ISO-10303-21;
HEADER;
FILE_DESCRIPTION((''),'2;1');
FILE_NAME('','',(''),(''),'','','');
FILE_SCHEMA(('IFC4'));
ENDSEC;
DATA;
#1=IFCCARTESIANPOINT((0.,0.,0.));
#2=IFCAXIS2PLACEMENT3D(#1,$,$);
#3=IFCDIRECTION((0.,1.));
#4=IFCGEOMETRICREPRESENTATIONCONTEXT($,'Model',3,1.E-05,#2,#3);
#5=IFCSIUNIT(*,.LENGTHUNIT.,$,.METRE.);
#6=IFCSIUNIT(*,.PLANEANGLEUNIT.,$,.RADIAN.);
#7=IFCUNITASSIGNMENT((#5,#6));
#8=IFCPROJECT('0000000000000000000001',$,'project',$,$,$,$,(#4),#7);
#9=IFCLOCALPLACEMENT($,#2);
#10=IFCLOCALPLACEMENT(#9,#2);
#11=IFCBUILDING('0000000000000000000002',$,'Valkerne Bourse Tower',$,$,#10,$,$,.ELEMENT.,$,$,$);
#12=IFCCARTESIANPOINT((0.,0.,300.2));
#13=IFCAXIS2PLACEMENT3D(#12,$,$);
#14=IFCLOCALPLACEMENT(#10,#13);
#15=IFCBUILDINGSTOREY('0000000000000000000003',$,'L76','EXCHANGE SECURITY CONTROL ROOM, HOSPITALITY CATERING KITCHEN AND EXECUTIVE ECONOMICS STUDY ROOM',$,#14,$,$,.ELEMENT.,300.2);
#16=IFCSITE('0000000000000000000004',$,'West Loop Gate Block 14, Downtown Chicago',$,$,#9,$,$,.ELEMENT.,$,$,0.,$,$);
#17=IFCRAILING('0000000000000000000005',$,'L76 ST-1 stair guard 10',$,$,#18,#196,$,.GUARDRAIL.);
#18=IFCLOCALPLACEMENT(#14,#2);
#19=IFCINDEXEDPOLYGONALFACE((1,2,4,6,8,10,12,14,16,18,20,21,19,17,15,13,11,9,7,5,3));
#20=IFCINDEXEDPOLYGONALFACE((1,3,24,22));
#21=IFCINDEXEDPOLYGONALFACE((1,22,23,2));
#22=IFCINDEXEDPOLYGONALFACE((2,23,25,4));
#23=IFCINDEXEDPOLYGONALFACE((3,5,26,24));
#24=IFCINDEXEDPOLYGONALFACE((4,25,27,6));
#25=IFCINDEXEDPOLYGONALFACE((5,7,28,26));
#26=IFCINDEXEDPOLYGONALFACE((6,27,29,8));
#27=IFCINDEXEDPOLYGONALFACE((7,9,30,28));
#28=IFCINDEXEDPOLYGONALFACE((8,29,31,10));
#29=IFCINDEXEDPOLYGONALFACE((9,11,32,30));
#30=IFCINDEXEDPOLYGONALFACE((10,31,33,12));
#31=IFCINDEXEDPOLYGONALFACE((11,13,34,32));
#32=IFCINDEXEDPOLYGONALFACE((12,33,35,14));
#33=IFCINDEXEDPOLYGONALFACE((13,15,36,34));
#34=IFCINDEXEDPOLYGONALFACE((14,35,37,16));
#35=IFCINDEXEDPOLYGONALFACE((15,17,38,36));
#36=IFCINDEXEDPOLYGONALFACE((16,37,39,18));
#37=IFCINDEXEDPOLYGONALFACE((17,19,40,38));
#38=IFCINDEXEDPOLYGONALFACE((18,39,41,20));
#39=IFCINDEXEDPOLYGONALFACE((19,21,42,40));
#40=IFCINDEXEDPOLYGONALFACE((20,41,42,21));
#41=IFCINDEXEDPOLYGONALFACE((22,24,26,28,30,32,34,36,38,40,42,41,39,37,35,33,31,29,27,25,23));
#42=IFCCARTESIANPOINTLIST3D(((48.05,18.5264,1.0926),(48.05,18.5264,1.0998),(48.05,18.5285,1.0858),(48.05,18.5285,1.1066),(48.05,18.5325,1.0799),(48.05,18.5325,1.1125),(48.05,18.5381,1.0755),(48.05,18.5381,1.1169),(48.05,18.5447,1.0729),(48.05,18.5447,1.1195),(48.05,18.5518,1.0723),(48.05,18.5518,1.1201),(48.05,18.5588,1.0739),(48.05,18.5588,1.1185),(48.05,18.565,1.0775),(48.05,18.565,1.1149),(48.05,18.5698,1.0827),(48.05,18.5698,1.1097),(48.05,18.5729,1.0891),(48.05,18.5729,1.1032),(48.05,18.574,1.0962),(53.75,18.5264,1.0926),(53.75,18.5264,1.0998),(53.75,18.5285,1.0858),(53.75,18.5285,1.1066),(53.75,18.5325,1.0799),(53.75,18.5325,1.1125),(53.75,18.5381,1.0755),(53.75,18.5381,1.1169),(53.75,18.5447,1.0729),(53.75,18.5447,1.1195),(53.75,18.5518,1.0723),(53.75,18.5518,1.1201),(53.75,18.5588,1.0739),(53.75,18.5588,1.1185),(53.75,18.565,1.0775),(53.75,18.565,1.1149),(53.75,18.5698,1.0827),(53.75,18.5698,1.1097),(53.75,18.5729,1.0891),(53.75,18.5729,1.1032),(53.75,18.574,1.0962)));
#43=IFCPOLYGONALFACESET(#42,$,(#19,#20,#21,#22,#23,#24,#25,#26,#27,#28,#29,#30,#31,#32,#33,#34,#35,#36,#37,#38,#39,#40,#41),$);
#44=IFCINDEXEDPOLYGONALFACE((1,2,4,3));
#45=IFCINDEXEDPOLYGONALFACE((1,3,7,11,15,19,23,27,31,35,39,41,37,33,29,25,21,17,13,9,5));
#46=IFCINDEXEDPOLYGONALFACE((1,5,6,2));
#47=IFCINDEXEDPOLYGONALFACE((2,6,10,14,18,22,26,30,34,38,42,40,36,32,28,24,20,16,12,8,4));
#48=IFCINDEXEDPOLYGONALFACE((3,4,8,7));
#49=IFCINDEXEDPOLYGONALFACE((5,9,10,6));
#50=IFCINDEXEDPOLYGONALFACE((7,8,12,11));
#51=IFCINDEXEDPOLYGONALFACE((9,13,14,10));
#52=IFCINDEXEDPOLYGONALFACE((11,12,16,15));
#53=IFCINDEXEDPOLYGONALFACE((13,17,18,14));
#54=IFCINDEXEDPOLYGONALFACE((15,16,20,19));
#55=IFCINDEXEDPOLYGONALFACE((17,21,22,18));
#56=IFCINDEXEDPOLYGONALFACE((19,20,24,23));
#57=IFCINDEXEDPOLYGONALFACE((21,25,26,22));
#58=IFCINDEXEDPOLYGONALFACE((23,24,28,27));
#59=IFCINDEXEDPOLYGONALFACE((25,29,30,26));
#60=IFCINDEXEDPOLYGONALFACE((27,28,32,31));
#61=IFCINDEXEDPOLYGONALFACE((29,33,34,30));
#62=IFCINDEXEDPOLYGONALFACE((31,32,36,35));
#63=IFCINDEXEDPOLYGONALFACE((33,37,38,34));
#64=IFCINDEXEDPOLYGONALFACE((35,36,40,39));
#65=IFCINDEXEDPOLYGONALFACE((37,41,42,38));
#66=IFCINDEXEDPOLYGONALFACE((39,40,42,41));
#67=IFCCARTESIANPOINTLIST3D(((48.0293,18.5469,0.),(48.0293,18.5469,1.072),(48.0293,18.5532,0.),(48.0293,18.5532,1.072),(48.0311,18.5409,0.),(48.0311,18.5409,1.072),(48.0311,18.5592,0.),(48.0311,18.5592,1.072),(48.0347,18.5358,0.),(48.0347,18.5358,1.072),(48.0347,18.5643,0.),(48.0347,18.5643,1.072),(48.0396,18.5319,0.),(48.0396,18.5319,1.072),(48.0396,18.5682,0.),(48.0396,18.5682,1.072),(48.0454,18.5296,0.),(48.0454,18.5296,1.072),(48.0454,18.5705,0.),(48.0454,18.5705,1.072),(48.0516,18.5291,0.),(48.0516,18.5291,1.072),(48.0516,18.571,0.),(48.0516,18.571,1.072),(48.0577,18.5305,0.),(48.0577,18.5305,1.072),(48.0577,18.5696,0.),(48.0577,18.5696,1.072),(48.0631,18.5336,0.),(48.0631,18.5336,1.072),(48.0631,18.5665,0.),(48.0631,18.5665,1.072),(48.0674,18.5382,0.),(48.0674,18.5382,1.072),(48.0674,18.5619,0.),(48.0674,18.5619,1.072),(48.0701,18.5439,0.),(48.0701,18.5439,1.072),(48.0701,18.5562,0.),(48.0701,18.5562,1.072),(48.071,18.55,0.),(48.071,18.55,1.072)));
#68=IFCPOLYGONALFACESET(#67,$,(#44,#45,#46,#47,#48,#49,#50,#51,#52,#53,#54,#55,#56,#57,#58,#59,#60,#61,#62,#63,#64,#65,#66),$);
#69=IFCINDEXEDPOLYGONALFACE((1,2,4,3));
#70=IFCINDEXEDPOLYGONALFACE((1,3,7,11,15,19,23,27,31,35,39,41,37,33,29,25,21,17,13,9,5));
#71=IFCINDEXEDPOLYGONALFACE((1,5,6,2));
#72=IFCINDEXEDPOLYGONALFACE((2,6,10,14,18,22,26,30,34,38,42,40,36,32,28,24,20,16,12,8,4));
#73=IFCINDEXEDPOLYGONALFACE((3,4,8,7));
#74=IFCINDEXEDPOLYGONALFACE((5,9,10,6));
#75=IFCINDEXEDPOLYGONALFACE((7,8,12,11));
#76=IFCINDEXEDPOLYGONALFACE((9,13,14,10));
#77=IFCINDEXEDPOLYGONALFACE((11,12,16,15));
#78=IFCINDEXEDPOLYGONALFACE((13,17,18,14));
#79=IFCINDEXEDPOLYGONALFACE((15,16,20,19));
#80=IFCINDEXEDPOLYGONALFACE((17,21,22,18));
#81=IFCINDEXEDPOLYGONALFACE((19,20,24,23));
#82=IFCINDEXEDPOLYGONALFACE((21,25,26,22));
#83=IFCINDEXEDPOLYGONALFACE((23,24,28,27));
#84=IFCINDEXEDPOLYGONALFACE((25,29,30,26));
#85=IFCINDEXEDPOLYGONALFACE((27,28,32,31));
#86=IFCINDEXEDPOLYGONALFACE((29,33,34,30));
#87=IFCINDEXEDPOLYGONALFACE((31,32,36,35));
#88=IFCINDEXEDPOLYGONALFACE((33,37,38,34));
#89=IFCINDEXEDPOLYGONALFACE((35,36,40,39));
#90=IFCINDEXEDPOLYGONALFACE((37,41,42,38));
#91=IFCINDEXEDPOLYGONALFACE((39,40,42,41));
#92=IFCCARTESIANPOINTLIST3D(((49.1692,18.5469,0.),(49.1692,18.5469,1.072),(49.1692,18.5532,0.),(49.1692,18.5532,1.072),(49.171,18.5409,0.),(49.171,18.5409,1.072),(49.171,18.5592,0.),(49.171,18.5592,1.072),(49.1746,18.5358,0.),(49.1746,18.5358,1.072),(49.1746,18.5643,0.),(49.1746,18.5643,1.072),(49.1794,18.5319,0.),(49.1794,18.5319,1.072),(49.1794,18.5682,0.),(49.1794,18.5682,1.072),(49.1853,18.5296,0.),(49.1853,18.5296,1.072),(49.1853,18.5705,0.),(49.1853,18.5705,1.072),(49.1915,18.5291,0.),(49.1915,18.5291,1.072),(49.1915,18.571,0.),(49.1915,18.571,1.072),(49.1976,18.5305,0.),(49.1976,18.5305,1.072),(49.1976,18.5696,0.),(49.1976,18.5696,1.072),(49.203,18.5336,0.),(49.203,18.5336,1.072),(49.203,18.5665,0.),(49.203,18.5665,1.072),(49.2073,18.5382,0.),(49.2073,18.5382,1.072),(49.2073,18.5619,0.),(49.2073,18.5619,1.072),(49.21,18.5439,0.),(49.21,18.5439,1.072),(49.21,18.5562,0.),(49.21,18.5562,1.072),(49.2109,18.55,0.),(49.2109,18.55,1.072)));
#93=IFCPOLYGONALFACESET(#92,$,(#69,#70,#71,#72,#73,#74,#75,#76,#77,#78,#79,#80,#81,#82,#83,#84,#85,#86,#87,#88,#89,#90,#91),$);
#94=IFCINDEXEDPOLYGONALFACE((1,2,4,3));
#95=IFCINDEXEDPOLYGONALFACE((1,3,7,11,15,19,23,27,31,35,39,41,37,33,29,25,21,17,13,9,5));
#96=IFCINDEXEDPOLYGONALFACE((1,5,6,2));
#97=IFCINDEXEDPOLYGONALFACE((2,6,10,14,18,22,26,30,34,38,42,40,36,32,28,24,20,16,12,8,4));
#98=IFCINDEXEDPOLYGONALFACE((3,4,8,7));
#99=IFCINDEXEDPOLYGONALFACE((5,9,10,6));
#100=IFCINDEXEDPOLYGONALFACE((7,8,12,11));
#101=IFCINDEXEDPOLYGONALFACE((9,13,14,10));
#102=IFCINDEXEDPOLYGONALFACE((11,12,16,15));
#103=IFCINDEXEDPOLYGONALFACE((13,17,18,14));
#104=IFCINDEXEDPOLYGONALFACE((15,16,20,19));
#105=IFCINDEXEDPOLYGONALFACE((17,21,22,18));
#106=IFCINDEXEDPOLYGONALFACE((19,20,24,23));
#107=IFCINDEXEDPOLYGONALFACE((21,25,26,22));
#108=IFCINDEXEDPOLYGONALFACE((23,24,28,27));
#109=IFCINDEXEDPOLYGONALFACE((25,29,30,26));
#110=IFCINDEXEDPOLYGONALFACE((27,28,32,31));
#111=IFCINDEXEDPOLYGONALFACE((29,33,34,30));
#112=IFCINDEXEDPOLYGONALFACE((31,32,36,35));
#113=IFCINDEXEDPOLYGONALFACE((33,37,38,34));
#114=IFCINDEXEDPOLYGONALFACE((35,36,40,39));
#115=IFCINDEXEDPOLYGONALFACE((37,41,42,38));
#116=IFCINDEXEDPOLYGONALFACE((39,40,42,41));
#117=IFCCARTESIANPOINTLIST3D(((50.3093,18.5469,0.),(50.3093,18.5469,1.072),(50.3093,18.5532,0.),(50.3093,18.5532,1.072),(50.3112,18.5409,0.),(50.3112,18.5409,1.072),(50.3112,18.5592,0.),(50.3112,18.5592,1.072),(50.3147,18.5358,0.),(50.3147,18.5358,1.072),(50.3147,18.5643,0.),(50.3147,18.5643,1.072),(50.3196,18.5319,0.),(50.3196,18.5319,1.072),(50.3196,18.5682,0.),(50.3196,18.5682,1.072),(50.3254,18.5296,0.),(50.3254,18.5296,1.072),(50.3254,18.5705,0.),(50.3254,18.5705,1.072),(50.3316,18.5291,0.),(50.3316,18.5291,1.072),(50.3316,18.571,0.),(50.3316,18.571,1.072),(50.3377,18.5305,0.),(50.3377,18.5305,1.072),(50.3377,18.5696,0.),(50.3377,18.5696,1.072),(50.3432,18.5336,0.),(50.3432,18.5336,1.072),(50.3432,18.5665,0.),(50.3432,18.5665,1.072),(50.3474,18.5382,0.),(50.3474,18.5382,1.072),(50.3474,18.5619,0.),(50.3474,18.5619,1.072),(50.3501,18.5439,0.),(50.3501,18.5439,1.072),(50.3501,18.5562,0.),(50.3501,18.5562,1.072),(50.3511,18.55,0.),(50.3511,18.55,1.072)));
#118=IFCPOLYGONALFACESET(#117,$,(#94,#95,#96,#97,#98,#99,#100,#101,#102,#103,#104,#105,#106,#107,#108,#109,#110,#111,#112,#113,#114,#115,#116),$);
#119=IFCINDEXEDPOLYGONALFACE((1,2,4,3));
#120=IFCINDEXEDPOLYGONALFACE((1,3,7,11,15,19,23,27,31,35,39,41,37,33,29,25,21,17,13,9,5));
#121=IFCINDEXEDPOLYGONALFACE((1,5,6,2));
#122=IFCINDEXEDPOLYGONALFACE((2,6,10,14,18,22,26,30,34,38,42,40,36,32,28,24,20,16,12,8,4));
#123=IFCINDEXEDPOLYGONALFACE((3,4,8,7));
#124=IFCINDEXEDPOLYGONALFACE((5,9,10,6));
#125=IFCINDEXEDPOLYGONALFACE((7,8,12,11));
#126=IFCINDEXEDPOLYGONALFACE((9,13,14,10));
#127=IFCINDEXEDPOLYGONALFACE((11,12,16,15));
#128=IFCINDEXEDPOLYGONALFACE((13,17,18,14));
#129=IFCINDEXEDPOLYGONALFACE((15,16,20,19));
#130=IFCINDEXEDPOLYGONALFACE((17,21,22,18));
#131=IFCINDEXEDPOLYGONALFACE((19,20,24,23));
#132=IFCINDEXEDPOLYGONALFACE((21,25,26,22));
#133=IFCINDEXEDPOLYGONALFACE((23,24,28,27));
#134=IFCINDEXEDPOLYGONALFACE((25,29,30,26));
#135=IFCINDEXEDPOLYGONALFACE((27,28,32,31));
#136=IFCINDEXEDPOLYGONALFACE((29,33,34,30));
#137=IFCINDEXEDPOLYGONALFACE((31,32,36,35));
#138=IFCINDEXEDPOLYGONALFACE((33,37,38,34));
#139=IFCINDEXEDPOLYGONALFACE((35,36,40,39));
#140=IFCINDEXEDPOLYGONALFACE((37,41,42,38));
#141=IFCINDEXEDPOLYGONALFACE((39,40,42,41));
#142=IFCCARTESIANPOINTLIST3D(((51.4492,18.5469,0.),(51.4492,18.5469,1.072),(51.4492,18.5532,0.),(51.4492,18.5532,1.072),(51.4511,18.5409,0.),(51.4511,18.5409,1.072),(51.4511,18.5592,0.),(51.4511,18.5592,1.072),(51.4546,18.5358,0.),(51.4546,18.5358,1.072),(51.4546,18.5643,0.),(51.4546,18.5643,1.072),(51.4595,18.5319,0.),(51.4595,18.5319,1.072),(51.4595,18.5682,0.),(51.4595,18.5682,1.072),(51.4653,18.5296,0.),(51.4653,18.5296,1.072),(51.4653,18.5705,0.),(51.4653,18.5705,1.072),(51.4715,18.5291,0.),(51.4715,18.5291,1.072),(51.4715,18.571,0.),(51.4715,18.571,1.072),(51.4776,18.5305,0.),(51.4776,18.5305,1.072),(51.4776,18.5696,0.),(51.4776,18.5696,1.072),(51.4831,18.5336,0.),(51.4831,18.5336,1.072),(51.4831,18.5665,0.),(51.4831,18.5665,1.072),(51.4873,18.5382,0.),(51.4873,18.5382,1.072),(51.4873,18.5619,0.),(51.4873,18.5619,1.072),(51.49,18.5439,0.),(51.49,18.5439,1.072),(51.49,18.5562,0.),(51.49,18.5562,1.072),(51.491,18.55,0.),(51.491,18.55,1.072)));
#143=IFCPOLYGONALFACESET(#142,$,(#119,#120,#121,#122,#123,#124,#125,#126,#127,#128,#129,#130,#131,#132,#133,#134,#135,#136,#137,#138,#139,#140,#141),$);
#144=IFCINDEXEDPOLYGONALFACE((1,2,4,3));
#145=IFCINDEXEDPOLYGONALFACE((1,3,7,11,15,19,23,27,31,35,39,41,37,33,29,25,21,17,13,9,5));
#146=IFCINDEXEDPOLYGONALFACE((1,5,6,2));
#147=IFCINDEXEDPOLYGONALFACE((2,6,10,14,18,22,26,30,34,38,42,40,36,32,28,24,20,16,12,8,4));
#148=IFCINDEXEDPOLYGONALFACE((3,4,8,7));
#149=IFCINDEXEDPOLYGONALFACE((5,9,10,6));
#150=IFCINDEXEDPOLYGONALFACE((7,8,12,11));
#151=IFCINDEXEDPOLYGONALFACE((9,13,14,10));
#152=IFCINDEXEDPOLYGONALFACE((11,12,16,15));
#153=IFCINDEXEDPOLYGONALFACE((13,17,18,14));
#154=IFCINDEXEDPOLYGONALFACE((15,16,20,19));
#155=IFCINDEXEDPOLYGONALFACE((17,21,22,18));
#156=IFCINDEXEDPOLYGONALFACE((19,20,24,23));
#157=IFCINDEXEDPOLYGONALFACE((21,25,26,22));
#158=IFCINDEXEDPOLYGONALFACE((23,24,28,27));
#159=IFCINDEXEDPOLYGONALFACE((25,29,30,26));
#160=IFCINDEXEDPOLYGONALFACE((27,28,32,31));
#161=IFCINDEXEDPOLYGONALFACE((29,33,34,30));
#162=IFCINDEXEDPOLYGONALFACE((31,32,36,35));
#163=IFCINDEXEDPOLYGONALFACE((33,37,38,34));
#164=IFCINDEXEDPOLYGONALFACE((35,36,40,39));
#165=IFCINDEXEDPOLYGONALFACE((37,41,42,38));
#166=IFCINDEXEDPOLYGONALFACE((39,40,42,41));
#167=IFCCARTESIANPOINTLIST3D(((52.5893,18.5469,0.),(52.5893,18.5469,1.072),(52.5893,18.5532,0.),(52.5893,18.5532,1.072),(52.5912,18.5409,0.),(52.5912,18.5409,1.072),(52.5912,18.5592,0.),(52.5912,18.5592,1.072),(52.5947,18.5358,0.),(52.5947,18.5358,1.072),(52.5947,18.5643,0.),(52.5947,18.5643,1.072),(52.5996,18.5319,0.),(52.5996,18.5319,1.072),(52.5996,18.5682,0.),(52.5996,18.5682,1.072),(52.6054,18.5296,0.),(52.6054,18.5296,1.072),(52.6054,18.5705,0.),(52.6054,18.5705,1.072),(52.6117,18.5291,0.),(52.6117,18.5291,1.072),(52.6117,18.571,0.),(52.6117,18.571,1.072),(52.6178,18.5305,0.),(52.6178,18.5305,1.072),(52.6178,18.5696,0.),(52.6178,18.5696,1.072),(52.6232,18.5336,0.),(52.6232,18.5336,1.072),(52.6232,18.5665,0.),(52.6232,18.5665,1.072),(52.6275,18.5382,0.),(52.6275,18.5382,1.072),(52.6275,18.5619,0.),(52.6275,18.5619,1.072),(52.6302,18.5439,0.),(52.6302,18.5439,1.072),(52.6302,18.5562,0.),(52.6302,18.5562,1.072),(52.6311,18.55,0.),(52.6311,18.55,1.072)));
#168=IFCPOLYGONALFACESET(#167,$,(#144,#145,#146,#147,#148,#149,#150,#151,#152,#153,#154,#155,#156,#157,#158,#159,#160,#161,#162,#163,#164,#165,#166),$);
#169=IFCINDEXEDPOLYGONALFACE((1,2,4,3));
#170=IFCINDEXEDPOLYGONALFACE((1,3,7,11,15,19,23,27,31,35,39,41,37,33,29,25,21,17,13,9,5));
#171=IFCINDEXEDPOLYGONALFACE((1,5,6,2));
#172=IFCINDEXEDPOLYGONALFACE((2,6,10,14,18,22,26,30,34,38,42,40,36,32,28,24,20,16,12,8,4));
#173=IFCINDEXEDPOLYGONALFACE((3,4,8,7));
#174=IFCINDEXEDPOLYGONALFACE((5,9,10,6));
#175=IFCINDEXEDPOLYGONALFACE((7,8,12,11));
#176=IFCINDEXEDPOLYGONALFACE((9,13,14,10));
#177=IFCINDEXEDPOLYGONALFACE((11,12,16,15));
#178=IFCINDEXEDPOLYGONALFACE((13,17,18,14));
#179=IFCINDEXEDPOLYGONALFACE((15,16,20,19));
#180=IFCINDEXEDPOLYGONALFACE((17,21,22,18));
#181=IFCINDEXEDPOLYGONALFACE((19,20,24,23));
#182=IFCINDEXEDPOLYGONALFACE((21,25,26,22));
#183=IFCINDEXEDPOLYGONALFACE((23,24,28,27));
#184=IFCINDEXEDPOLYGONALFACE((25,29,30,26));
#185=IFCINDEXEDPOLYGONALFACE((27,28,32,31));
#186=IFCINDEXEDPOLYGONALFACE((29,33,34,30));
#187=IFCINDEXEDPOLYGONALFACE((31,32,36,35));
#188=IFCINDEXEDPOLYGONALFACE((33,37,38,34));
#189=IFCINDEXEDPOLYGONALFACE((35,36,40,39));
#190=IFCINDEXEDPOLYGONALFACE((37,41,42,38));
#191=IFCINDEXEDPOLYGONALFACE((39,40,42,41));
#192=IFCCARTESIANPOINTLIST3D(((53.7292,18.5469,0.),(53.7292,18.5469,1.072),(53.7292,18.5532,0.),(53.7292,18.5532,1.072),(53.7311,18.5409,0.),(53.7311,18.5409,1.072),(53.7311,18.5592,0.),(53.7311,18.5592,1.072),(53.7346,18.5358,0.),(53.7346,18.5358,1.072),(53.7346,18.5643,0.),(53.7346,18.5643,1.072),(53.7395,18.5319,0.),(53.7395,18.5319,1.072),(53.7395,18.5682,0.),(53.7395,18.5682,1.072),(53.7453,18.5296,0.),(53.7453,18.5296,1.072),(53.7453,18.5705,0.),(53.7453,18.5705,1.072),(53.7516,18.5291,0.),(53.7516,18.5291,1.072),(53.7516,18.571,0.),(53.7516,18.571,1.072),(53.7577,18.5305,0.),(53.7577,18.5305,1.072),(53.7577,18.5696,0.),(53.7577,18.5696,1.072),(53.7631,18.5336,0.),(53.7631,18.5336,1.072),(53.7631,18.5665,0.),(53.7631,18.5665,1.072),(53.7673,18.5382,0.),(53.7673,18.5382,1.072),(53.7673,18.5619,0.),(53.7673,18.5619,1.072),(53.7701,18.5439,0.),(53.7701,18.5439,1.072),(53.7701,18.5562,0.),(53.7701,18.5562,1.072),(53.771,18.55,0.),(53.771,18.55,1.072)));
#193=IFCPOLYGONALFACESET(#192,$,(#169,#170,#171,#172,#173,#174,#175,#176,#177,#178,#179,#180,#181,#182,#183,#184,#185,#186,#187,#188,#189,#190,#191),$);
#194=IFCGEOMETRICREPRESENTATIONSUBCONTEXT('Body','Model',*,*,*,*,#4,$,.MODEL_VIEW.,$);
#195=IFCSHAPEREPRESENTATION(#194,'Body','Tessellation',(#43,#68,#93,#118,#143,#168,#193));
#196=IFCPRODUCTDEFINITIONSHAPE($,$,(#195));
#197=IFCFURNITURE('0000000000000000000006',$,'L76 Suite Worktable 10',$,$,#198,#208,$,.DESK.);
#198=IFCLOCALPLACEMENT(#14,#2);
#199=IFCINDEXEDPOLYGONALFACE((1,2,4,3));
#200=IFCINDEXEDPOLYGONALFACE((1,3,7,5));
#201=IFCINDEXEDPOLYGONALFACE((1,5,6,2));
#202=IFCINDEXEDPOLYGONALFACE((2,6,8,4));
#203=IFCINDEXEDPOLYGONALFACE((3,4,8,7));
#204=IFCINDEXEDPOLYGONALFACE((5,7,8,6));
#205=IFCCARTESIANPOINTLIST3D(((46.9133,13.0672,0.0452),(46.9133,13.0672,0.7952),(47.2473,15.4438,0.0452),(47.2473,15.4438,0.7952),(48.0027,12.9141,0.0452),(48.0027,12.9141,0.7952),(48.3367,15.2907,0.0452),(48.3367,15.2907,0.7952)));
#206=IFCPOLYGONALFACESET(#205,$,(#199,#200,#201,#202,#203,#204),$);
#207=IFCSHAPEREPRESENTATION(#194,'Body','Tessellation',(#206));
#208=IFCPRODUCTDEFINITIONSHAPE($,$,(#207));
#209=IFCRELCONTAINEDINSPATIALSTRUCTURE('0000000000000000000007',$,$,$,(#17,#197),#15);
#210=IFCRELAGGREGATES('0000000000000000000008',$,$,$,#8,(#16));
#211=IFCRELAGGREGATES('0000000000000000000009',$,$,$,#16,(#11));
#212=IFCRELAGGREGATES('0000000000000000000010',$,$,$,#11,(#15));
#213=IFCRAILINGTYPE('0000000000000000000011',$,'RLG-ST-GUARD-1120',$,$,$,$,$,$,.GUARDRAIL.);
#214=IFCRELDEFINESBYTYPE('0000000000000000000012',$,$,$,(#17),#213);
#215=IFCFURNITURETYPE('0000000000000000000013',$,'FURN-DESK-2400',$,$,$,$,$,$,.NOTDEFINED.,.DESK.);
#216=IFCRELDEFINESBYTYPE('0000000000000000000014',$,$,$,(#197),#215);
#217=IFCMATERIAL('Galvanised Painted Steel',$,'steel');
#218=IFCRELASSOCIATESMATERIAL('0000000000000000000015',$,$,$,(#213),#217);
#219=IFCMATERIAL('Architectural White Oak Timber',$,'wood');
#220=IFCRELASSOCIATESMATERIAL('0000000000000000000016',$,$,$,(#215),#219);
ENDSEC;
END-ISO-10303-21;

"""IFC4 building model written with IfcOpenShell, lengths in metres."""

from ifc_helpers import new_model, si_unit, direction, frame, origin, origin_2d, place, context, subcontext, project, spatial, rectangle, circle, extrude, material, type_object, element, save


model = new_model("IFC4")

# Units and contexts
model_context = context("Model", 3, precision=1e-05, world=origin(), true_north=direction((0.0, 1.0)))
body_context = subcontext(model_context, "Body", "Model", "MODEL_VIEW")
ifc_project = project(units=[si_unit("LENGTHUNIT", "METRE"), si_unit("PLANEANGLEUNIT", "RADIAN")], contexts=[model_context])

# Site, building, storey
site_placement = place(None, origin())
site = spatial("IfcSite", under=ifc_project, at=site_placement, Name="West Loop Gate Block 14, Downtown Chicago", CompositionType="ELEMENT", RefElevation=0.0)
building_placement = place(site_placement, origin())
building = spatial("IfcBuilding", under=site, at=building_placement, Name="Valkerne Bourse Tower", CompositionType="ELEMENT")
storey_placement = place(building_placement, frame((0.0, 0.0, 300.2)))
storey = spatial("IfcBuildingStorey", under=building, at=storey_placement, Name="L76", Description="EXCHANGE SECURITY CONTROL ROOM, HOSPITALITY CATERING KITCHEN AND EXECUTIVE ECONOMICS STUDY ROOM", CompositionType="ELEMENT", Elevation=300.2)

# Shared definitions
ifc_material_1 = material(Name="Architectural White Oak Timber", Category="wood")

# Railing
ifc_material_2 = material(Name="Galvanised Painted Steel", Category="steel")
railing_type = type_object("IfcRailingType", Name="RLG-ST-GUARD-1120", PredefinedType="GUARDRAIL", material=ifc_material_2)
railing_placement = place(storey_placement, frame((48.05, 18.55, 0.0)))
element("IfcRailing", 1, at=railing_placement, inside=storey, type_object=railing_type, Name="L76 ST-1 stair guard 10", PredefinedType="GUARDRAIL", context=body_context, shape_type="SweptSolid", body=[
    extrude(circle(Radius=0.0239, at=origin_2d()), frame((0.0, 0.0, 1.0962), z_axis=(1.0, 0.0, 0.0), x_axis=(0.0, 1.0, 0.0)), (0.0, 0.0, 1.0), 5.7),
    extrude(circle(Radius=0.021, at=origin_2d()), origin(), (0.0, 0.0, 1.0), 1.072),
    extrude(circle(Radius=0.021, at=origin_2d()), frame((1.1399, 0.0, 0.0)), (0.0, 0.0, 1.0), 1.072),
    extrude(circle(Radius=0.021, at=origin_2d()), frame((2.28, 0.0, 0.0)), (0.0, 0.0, 1.0), 1.072),
    extrude(circle(Radius=0.021, at=origin_2d()), frame((3.4199, 0.0, 0.0)), (0.0, 0.0, 1.0), 1.072),
    extrude(circle(Radius=0.021, at=origin_2d()), frame((4.5601, 0.0, 0.0)), (0.0, 0.0, 1.0), 1.072),
    extrude(circle(Radius=0.021, at=origin_2d()), frame((5.7, 0.0, 0.0)), (0.0, 0.0, 1.0), 1.072),
])

# Furniture
furniture_type = type_object("IfcFurnitureType", Name="FURN-DESK-2400", AssemblyPlace="NOTDEFINED", PredefinedType="DESK", material=ifc_material_1)
furniture_placement = place(storey_placement, frame((47.625, 14.179, 0.0452), z_axis=(0.0, 0.0, 1.0), x_axis=(0.139173, 0.990268, 0.0)))
element("IfcFurniture", 2, at=furniture_placement, inside=storey, type_object=furniture_type, Name="L76 Suite Worktable 10", PredefinedType="DESK", context=body_context, shape_type="SweptSolid", body=[
    extrude(rectangle(XDim=2.3999, YDim=1.1001, at=origin_2d()), origin(), (0.0, 0.0, 1.0), 0.75),
])

save(model, "model.ifc")
